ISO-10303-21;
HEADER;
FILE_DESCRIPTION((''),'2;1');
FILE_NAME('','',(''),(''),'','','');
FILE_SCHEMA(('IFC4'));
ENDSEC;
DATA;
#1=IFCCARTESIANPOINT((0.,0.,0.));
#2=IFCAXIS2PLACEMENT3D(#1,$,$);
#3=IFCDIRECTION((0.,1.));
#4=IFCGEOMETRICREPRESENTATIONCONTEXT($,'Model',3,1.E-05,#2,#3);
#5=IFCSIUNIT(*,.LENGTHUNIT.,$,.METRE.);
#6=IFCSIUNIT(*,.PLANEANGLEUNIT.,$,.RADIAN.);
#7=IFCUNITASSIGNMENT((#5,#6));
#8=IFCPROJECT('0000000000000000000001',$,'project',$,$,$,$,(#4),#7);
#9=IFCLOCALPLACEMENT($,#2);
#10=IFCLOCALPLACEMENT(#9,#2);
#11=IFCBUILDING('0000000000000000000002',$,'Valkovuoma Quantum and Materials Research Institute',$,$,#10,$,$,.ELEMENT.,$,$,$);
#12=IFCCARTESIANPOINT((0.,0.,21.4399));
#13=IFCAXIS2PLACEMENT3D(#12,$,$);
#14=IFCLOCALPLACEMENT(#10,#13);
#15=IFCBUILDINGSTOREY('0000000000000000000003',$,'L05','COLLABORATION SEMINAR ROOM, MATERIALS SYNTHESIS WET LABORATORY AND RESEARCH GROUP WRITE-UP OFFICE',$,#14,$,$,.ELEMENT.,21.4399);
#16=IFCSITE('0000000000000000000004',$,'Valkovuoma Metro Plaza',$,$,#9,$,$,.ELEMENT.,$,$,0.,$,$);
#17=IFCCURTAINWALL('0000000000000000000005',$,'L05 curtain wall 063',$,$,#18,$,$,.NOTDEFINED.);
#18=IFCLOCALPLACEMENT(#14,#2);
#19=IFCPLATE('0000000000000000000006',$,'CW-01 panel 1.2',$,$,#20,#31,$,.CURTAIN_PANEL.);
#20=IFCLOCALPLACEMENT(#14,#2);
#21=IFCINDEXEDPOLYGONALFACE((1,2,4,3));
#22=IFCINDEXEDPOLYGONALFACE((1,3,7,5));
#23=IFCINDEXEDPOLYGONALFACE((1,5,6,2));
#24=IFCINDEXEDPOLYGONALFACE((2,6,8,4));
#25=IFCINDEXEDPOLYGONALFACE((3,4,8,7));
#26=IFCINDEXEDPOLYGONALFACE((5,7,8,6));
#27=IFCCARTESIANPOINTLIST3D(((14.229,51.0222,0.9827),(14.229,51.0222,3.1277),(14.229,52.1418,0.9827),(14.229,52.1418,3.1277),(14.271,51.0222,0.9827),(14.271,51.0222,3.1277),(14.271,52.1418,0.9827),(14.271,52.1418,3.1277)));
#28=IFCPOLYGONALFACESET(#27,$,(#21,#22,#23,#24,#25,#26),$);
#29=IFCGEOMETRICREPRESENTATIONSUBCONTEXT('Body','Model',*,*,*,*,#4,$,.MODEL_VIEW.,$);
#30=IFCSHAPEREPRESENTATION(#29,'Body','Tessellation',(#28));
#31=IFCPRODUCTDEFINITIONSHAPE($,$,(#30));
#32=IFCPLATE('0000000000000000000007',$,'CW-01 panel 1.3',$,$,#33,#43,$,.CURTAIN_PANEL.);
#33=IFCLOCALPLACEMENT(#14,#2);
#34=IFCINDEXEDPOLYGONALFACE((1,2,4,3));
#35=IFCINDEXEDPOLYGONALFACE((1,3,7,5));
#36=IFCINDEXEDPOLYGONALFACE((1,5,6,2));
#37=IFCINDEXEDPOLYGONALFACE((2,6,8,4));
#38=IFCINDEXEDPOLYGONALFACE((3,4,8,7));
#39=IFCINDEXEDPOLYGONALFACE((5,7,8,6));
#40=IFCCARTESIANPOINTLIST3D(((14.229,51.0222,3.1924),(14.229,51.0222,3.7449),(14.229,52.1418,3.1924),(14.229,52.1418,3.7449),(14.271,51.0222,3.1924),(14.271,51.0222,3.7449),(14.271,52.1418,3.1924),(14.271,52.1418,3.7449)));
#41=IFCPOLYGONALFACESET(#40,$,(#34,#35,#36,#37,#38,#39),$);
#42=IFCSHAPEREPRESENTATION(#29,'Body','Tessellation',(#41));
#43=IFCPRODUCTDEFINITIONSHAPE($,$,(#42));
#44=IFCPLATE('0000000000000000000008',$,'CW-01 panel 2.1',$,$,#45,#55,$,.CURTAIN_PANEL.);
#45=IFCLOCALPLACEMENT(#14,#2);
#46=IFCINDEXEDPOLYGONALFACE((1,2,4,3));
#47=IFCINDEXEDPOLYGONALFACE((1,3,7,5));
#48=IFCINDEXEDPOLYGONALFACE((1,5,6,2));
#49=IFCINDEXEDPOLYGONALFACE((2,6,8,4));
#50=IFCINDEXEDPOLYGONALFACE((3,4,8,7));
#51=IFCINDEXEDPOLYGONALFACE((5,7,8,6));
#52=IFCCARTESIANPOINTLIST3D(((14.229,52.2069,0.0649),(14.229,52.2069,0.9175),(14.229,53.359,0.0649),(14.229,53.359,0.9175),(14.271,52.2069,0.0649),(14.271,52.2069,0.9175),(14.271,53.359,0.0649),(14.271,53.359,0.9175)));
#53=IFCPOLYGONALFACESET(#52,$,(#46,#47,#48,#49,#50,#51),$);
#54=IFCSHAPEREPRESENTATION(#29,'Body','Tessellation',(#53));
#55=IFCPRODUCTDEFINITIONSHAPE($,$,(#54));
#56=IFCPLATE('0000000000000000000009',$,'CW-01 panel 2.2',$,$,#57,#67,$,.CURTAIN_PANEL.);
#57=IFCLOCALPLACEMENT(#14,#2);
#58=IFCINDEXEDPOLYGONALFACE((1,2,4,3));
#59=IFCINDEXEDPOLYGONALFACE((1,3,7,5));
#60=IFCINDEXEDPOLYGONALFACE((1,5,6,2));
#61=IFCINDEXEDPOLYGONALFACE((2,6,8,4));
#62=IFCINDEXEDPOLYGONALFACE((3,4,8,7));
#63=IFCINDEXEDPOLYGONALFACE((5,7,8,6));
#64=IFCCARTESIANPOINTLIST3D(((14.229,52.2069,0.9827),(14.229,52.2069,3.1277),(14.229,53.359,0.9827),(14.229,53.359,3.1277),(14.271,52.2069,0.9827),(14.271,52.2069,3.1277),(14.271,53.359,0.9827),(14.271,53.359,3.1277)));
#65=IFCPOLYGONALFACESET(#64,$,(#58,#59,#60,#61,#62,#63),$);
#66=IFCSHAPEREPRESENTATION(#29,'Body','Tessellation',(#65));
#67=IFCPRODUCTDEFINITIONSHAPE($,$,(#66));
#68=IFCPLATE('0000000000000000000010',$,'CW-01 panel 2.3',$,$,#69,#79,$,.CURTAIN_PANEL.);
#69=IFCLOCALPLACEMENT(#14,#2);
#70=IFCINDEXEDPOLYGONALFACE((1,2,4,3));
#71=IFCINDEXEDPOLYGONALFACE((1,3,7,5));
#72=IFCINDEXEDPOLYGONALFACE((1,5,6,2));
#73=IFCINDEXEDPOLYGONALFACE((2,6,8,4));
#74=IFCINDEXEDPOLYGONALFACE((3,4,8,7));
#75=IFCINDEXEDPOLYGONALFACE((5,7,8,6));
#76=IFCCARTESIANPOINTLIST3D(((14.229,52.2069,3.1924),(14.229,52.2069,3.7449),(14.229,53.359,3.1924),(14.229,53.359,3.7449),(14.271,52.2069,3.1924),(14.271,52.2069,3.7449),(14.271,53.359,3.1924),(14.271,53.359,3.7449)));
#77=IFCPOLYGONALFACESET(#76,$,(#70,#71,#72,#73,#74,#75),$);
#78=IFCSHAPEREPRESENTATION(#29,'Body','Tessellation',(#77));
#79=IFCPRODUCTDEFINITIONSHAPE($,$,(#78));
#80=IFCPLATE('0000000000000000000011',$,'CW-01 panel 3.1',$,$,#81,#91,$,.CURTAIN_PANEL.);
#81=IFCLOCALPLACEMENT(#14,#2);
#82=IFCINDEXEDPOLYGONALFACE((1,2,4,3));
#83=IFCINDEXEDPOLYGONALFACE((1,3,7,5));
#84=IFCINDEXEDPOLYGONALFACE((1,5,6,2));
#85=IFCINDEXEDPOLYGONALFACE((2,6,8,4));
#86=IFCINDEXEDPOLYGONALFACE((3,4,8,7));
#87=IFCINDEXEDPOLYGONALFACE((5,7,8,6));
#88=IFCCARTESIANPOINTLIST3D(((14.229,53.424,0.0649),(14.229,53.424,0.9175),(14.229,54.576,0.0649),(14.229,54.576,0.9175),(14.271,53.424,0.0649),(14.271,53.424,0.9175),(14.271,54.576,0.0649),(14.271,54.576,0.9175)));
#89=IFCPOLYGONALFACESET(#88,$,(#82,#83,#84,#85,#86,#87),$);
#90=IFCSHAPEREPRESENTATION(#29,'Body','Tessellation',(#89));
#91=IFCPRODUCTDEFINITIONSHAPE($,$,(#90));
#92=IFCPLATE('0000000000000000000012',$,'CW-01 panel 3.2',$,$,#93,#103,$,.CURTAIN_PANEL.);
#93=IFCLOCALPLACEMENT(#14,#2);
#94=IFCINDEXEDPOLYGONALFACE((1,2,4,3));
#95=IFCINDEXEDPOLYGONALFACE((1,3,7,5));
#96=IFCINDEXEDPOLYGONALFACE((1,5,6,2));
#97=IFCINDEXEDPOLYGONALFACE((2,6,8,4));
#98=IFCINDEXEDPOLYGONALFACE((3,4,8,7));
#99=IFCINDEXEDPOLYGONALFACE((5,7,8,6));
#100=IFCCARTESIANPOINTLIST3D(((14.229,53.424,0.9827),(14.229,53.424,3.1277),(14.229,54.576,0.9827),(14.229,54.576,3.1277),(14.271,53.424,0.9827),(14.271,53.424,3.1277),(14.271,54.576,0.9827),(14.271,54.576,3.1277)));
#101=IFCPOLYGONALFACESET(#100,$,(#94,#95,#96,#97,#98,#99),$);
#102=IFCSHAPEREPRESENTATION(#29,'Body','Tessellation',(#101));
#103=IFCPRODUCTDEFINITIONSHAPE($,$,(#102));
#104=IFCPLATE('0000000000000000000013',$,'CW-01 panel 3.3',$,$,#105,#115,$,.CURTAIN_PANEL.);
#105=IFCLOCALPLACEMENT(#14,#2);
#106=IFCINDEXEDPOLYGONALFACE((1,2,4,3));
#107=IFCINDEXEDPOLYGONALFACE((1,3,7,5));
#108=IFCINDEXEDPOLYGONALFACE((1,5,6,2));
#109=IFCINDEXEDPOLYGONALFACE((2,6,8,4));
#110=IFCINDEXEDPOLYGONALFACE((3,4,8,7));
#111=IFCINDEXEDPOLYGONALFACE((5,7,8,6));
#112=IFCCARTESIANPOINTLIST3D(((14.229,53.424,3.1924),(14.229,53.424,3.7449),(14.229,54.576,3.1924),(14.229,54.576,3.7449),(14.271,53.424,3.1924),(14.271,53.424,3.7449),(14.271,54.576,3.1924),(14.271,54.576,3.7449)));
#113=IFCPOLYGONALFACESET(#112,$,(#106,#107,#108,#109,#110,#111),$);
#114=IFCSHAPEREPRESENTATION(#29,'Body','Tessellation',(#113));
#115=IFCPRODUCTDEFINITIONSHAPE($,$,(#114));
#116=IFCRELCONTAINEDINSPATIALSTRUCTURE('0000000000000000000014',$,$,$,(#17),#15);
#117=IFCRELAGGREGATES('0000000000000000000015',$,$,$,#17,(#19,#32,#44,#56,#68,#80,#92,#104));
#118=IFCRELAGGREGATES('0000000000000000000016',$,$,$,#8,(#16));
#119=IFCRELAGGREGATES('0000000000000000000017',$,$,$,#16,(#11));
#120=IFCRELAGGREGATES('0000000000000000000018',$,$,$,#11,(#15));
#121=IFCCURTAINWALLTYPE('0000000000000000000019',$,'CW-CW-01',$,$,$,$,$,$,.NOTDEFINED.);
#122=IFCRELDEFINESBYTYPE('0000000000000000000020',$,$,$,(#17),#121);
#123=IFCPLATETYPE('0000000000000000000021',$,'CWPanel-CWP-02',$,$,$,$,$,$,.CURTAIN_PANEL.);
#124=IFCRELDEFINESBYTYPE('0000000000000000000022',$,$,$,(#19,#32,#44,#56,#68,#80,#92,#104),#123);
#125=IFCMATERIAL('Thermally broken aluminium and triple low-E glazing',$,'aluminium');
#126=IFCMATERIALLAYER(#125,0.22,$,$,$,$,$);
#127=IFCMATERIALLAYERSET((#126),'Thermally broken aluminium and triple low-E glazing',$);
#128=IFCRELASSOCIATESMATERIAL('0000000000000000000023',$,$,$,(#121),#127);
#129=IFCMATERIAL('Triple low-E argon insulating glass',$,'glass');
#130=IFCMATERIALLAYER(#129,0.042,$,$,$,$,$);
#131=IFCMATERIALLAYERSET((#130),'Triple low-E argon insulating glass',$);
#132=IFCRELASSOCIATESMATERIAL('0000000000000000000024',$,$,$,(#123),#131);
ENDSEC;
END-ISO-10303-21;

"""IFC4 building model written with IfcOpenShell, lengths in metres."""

from ifc_helpers import new_model, si_unit, direction, frame, origin, origin_2d, place, context, subcontext, project, spatial, rectangle, extrude, material, layer, layer_set, type_object, element, aggregate, save


model = new_model("IFC4")

# Units and contexts
model_context = context("Model", 3, precision=1e-05, world=origin(), true_north=direction((0.0, 1.0)))
body_context = subcontext(model_context, "Body", "Model", "MODEL_VIEW")
ifc_project = project(units=[si_unit("LENGTHUNIT", "METRE"), si_unit("PLANEANGLEUNIT", "RADIAN")], contexts=[model_context])

# Site, building, storey
site_placement = place(None, origin())
site = spatial("IfcSite", under=ifc_project, at=site_placement, Name="Valkovuoma Metro Plaza", CompositionType="ELEMENT", RefElevation=0.0)
building_placement = place(site_placement, origin())
building = spatial("IfcBuilding", under=site, at=building_placement, Name="Valkovuoma Quantum and Materials Research Institute", CompositionType="ELEMENT")
storey_placement = place(building_placement, frame((0.0, 0.0, 21.4399)))
storey = spatial("IfcBuildingStorey", under=building, at=storey_placement, Name="L05", Description="COLLABORATION SEMINAR ROOM, MATERIALS SYNTHESIS WET LABORATORY AND RESEARCH GROUP WRITE-UP OFFICE", CompositionType="ELEMENT", Elevation=21.4399)

# Curtain wall, plates
ifc_material_1 = material(Name="Thermally broken aluminium and triple low-E glazing", Category="aluminium")
ifc_layer_1 = layer(ifc_material_1, 0.22)
ifc_layer_set_1 = layer_set([ifc_layer_1], Name="Thermally broken aluminium and triple low-E glazing")
curtain_wall_type = type_object("IfcCurtainWallType", Name="CW-CW-01", PredefinedType="NOTDEFINED", material=ifc_layer_set_1)
curtain_wall_placement = place(storey_placement, origin())
curtain_wall = element("IfcCurtainWall", 1, at=curtain_wall_placement, inside=storey, type_object=curtain_wall_type, Name="L05 curtain wall 063", PredefinedType="NOTDEFINED")
ifc_material_2 = material(Name="Triple low-E argon insulating glass", Category="glass")
ifc_layer_2 = layer(ifc_material_2, 0.042)
ifc_layer_set_2 = layer_set([ifc_layer_2], Name="Triple low-E argon insulating glass")
plate_type = type_object("IfcPlateType", Name="CWPanel-CWP-02", PredefinedType="CURTAIN_PANEL", material=ifc_layer_set_2)
plate_1_placement = place(storey_placement, frame((14.25, 51.582, 0.9827), z_axis=(0.0, 0.0, 1.0), x_axis=(0.0, 1.0, 0.0)))
plate_1 = element("IfcPlate", 2, at=plate_1_placement, type_object=plate_type, Name="CW-01 panel 1.2", PredefinedType="CURTAIN_PANEL", context=body_context, shape_type="SweptSolid", body=[
    extrude(rectangle(XDim=1.1196, YDim=0.042, at=origin_2d()), origin(), (0.0, 0.0, 1.0), 2.145),
])
plate_2_placement = place(storey_placement, frame((14.25, 51.582, 3.1924), z_axis=(0.0, 0.0, 1.0), x_axis=(0.0, 1.0, 0.0)))
plate_2 = element("IfcPlate", 3, at=plate_2_placement, type_object=plate_type, Name="CW-01 panel 1.3", PredefinedType="CURTAIN_PANEL", context=body_context, shape_type="SweptSolid", body=[
    extrude(rectangle(XDim=1.1196, YDim=0.042, at=origin_2d()), origin(), (0.0, 0.0, 1.0), 0.5525),
])
plate_3_placement = place(storey_placement, frame((14.25, 52.783, 0.0649), z_axis=(0.0, 0.0, 1.0), x_axis=(0.0, 1.0, 0.0)))
plate_3 = element("IfcPlate", 4, at=plate_3_placement, type_object=plate_type, Name="CW-01 panel 2.1", PredefinedType="CURTAIN_PANEL", context=body_context, shape_type="SweptSolid", body=[
    extrude(rectangle(XDim=1.1521, YDim=0.042, at=origin_2d()), origin(), (0.0, 0.0, 1.0), 0.8525),
])
plate_4_placement = place(storey_placement, frame((14.25, 52.783, 0.9827), z_axis=(0.0, 0.0, 1.0), x_axis=(0.0, 1.0, 0.0)))
plate_4 = element("IfcPlate", 5, at=plate_4_placement, type_object=plate_type, Name="CW-01 panel 2.2", PredefinedType="CURTAIN_PANEL", context=body_context, shape_type="SweptSolid", body=[
    extrude(rectangle(XDim=1.1521, YDim=0.042, at=origin_2d()), origin(), (0.0, 0.0, 1.0), 2.145),
])
plate_5_placement = place(storey_placement, frame((14.25, 52.783, 3.1924), z_axis=(0.0, 0.0, 1.0), x_axis=(0.0, 1.0, 0.0)))
plate_5 = element("IfcPlate", 6, at=plate_5_placement, type_object=plate_type, Name="CW-01 panel 2.3", PredefinedType="CURTAIN_PANEL", context=body_context, shape_type="SweptSolid", body=[
    extrude(rectangle(XDim=1.1521, YDim=0.042, at=origin_2d()), origin(), (0.0, 0.0, 1.0), 0.5525),
])
plate_6_placement = place(storey_placement, frame((14.25, 54.0, 0.0649), z_axis=(0.0, 0.0, 1.0), x_axis=(0.0, 1.0, 0.0)))
plate_6 = element("IfcPlate", 7, at=plate_6_placement, type_object=plate_type, Name="CW-01 panel 3.1", PredefinedType="CURTAIN_PANEL", context=body_context, shape_type="SweptSolid", body=[
    extrude(rectangle(XDim=1.1521, YDim=0.042, at=origin_2d()), origin(), (0.0, 0.0, 1.0), 0.8525),
])
plate_7_placement = place(storey_placement, frame((14.25, 54.0, 0.9827), z_axis=(0.0, 0.0, 1.0), x_axis=(0.0, 1.0, 0.0)))
plate_7 = element("IfcPlate", 8, at=plate_7_placement, type_object=plate_type, Name="CW-01 panel 3.2", PredefinedType="CURTAIN_PANEL", context=body_context, shape_type="SweptSolid", body=[
    extrude(rectangle(XDim=1.1521, YDim=0.042, at=origin_2d()), origin(), (0.0, 0.0, 1.0), 2.145),
])
plate_8_placement = place(storey_placement, frame((14.25, 54.0, 3.1924), z_axis=(0.0, 0.0, 1.0), x_axis=(0.0, 1.0, 0.0)))
plate_8 = element("IfcPlate", 9, at=plate_8_placement, type_object=plate_type, Name="CW-01 panel 3.3", PredefinedType="CURTAIN_PANEL", context=body_context, shape_type="SweptSolid", body=[
    extrude(rectangle(XDim=1.1521, YDim=0.042, at=origin_2d()), origin(), (0.0, 0.0, 1.0), 0.5525),
])
aggregate(curtain_wall, [plate_1, plate_2, plate_3, plate_4, plate_5, plate_6, plate_7, plate_8])

save(model, "model.ifc")
